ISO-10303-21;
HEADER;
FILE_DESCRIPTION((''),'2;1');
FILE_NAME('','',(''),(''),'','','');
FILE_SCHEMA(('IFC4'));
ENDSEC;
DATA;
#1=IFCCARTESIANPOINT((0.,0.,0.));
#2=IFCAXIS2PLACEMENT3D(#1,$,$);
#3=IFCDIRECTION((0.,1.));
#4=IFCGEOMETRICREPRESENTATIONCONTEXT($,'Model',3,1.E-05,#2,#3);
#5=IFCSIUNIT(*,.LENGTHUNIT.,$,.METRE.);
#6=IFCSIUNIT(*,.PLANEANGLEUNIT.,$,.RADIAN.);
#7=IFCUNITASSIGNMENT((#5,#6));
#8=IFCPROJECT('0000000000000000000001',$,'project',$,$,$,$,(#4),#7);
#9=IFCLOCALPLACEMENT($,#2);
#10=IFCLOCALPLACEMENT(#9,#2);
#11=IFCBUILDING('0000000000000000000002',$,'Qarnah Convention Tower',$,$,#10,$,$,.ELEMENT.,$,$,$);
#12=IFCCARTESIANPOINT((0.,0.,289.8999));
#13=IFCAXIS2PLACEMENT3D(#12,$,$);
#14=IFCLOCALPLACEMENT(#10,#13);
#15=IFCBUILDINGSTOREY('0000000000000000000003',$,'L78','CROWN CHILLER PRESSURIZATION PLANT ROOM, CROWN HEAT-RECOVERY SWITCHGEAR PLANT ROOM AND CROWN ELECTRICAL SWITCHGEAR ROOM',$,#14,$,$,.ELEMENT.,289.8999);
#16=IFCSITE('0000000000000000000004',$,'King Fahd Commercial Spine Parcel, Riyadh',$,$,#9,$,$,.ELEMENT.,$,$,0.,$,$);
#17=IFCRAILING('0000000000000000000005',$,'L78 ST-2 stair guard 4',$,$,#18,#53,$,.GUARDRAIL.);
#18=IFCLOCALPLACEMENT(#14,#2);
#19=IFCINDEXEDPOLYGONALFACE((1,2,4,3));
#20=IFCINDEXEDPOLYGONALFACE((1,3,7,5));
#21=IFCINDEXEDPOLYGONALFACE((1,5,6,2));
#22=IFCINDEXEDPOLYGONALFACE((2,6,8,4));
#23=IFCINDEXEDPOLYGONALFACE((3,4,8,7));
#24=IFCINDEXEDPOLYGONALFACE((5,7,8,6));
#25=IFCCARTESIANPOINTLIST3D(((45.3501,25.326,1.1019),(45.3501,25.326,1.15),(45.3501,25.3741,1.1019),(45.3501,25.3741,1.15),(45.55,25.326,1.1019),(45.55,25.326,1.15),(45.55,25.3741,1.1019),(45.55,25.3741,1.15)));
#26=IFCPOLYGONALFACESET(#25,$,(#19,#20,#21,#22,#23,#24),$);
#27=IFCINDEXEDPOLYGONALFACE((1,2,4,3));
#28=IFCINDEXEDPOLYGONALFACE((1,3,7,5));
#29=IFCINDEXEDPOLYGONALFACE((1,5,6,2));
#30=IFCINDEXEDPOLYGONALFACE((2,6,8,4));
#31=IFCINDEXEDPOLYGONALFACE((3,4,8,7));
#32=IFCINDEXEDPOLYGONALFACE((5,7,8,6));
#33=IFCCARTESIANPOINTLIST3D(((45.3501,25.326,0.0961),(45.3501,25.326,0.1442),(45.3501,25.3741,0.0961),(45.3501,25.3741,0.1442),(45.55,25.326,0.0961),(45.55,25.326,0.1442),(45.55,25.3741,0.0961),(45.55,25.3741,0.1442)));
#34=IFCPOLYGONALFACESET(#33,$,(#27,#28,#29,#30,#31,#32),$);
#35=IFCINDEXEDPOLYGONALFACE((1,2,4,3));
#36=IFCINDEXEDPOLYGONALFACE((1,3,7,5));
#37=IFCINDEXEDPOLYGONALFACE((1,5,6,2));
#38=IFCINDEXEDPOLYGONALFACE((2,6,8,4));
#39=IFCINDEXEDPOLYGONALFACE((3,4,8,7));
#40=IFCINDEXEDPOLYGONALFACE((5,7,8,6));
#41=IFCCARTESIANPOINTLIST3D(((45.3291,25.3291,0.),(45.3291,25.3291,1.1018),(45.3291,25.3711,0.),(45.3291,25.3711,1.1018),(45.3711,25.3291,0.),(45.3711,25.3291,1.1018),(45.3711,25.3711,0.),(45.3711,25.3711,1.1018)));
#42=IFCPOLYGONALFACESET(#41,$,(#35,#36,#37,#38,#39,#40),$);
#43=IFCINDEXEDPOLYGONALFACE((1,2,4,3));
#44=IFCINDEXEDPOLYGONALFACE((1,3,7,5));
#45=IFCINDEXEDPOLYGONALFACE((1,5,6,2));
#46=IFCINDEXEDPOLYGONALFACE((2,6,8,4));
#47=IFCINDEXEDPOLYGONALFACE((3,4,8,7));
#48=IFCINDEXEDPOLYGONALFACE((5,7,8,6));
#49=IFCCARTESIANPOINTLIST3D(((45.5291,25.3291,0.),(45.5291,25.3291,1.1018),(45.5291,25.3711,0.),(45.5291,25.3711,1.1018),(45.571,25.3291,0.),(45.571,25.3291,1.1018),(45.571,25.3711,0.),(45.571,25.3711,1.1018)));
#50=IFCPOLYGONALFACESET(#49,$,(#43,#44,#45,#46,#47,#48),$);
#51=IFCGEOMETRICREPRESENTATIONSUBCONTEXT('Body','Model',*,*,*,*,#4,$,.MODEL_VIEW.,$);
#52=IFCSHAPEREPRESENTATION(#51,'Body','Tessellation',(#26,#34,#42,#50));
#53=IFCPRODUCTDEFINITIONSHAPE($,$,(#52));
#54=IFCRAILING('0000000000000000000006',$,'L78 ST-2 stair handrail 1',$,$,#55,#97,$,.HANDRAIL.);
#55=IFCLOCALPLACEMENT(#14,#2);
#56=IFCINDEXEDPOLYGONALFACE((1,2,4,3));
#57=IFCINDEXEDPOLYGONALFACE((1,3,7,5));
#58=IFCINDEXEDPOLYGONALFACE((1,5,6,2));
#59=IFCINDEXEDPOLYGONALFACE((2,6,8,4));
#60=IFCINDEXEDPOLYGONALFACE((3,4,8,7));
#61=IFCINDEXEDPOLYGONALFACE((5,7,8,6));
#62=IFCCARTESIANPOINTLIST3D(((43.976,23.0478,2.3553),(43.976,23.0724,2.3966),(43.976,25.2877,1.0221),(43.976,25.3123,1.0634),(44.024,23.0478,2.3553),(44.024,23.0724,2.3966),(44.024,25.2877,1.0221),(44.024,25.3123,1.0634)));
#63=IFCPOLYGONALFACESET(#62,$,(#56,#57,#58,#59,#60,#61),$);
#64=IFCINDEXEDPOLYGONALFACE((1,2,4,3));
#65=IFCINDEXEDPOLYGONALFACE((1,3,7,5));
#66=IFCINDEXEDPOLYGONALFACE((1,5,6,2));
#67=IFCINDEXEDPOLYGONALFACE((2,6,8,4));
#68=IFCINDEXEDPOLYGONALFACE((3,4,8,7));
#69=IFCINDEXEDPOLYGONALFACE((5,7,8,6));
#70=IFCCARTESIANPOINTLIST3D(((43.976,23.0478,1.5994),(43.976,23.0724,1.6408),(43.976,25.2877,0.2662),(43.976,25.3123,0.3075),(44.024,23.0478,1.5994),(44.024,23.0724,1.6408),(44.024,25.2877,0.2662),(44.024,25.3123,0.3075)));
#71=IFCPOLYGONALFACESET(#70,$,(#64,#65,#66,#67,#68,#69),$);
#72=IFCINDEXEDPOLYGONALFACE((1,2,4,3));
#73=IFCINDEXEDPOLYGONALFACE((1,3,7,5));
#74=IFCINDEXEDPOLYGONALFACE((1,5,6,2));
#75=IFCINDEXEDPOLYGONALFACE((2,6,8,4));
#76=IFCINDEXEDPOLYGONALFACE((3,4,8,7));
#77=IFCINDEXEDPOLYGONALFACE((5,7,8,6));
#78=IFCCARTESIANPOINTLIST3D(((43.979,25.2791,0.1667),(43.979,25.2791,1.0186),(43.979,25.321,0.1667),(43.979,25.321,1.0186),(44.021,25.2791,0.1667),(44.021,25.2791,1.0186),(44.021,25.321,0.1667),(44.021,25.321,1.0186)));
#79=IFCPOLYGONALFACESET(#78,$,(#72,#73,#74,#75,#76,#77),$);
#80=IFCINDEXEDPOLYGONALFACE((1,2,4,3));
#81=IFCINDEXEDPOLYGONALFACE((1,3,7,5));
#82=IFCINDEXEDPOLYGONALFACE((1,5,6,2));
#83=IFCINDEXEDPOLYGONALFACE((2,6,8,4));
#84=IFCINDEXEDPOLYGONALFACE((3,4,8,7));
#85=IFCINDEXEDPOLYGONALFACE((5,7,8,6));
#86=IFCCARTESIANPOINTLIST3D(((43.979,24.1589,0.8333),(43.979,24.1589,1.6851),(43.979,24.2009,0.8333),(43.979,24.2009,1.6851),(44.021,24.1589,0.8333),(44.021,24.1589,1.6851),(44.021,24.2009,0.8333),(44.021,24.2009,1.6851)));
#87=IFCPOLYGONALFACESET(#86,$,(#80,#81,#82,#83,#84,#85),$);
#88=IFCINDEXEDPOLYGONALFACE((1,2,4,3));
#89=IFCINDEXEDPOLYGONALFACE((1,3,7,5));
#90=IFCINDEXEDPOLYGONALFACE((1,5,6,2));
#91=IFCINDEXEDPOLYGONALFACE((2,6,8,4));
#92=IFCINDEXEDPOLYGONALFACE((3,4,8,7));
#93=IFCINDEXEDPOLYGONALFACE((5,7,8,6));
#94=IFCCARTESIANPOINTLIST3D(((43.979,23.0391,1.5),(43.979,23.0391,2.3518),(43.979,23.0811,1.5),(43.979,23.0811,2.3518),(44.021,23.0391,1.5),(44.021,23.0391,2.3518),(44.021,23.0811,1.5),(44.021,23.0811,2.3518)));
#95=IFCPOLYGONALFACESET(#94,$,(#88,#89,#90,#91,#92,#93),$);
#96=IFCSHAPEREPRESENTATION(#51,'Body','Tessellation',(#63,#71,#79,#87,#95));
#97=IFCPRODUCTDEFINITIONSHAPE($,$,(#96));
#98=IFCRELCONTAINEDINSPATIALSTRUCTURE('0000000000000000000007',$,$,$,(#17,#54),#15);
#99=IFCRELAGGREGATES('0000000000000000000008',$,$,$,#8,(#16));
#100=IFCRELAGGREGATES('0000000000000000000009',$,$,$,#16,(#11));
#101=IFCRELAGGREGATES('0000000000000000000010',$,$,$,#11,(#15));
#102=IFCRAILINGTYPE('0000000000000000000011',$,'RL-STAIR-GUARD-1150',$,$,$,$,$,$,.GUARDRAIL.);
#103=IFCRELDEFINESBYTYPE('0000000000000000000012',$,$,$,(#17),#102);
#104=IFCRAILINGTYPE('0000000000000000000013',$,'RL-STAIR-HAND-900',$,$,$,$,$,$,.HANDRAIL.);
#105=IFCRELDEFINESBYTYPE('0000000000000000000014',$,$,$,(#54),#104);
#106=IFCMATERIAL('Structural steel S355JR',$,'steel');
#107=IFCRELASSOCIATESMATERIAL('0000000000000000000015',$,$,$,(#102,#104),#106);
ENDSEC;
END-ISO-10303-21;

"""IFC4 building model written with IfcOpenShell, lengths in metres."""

from ifc_helpers import new_model, si_unit, direction, frame, origin, origin_2d, place, context, subcontext, project, spatial, rectangle, extrude, material, type_object, element, save


model = new_model("IFC4")

# Units and contexts
model_context = context("Model", 3, precision=1e-05, world=origin(), true_north=direction((0.0, 1.0)))
body_context = subcontext(model_context, "Body", "Model", "MODEL_VIEW")
ifc_project = project(units=[si_unit("LENGTHUNIT", "METRE"), si_unit("PLANEANGLEUNIT", "RADIAN")], contexts=[model_context])

# Site, building, storey
site_placement = place(None, origin())
site = spatial("IfcSite", under=ifc_project, at=site_placement, Name="King Fahd Commercial Spine Parcel, Riyadh", CompositionType="ELEMENT", RefElevation=0.0)
building_placement = place(site_placement, origin())
building = spatial("IfcBuilding", under=site, at=building_placement, Name="Qarnah Convention Tower", CompositionType="ELEMENT")
storey_placement = place(building_placement, frame((0.0, 0.0, 289.8999)))
storey = spatial("IfcBuildingStorey", under=building, at=storey_placement, Name="L78", Description="CROWN CHILLER PRESSURIZATION PLANT ROOM, CROWN HEAT-RECOVERY SWITCHGEAR PLANT ROOM AND CROWN ELECTRICAL SWITCHGEAR ROOM", CompositionType="ELEMENT", Elevation=289.8999)

# Shared definitions
ifc_material_1 = material(Name="Structural steel S355JR", Category="steel")

# Railings
railing_type_1 = type_object("IfcRailingType", Name="RL-STAIR-GUARD-1150", PredefinedType="GUARDRAIL", material=ifc_material_1)
for number, where, name in (
    (1, (45.3501, 25.3501, 0.0), "L78 ST-2 stair guard 4"),
):
    element("IfcRailing", number, at=place(storey_placement, frame(where)), inside=storey, type_object=railing_type_1, Name=name, PredefinedType="GUARDRAIL", context=body_context, shape_type="SweptSolid", body=[
        extrude(rectangle(XDim=0.0481, YDim=0.0481, at=origin_2d()), frame((0.0, 0.0, 1.126), z_axis=(1.0, 0.0, 0.0), x_axis=(0.0, 1.0, 0.0)), (0.0, 0.0, 1.0), 0.2),
        extrude(rectangle(XDim=0.0481, YDim=0.0481, at=origin_2d()), frame((0.0, 0.0, 0.1201), z_axis=(1.0, 0.0, 0.0), x_axis=(0.0, 1.0, 0.0)), (0.0, 0.0, 1.0), 0.2),
        extrude(rectangle(XDim=0.042, YDim=0.042, at=origin_2d()), origin(), (0.0, 0.0, 1.0), 1.1018),
        extrude(rectangle(XDim=0.042, YDim=0.042, at=origin_2d()), frame((0.2, 0.0, 0.0)), (0.0, 0.0, 1.0), 1.1018),
    ])
railing_type_2 = type_object("IfcRailingType", Name="RL-STAIR-HAND-900", PredefinedType="HANDRAIL", material=ifc_material_1)
railing_1_placement = place(storey_placement, frame((44.0, 25.3, 0.1667)))
element("IfcRailing", 2, at=railing_1_placement, inside=storey, type_object=railing_type_2, Name="L78 ST-2 stair handrail 1", PredefinedType="HANDRAIL", context=body_context, shape_type="SweptSolid", body=[
    extrude(rectangle(XDim=0.0481, YDim=0.0481, at=origin_2d()), frame((0.0, 0.0, 0.876), z_axis=(0.0, -0.859306, 0.511462), x_axis=(1.0, 0.0, 0.0)), (0.0, 0.0, 1.0), 2.6067),
    extrude(rectangle(XDim=0.0481, YDim=0.0481, at=origin_2d()), frame((0.0, 0.0, 0.1201), z_axis=(0.0, -0.859306, 0.511462), x_axis=(1.0, 0.0, 0.0)), (0.0, 0.0, 1.0), 2.6067),
    extrude(rectangle(XDim=0.042, YDim=0.042, at=origin_2d()), origin(), (0.0, 0.0, 1.0), 0.8518),
    extrude(rectangle(XDim=0.042, YDim=0.042, at=origin_2d()), frame((0.0, -1.1201, 0.6665)), (0.0, 0.0, 1.0), 0.8518),
    extrude(rectangle(XDim=0.042, YDim=0.042, at=origin_2d()), frame((0.0, -2.24, 1.3333)), (0.0, 0.0, 1.0), 0.8518),
])

save(model, "model.ifc")
